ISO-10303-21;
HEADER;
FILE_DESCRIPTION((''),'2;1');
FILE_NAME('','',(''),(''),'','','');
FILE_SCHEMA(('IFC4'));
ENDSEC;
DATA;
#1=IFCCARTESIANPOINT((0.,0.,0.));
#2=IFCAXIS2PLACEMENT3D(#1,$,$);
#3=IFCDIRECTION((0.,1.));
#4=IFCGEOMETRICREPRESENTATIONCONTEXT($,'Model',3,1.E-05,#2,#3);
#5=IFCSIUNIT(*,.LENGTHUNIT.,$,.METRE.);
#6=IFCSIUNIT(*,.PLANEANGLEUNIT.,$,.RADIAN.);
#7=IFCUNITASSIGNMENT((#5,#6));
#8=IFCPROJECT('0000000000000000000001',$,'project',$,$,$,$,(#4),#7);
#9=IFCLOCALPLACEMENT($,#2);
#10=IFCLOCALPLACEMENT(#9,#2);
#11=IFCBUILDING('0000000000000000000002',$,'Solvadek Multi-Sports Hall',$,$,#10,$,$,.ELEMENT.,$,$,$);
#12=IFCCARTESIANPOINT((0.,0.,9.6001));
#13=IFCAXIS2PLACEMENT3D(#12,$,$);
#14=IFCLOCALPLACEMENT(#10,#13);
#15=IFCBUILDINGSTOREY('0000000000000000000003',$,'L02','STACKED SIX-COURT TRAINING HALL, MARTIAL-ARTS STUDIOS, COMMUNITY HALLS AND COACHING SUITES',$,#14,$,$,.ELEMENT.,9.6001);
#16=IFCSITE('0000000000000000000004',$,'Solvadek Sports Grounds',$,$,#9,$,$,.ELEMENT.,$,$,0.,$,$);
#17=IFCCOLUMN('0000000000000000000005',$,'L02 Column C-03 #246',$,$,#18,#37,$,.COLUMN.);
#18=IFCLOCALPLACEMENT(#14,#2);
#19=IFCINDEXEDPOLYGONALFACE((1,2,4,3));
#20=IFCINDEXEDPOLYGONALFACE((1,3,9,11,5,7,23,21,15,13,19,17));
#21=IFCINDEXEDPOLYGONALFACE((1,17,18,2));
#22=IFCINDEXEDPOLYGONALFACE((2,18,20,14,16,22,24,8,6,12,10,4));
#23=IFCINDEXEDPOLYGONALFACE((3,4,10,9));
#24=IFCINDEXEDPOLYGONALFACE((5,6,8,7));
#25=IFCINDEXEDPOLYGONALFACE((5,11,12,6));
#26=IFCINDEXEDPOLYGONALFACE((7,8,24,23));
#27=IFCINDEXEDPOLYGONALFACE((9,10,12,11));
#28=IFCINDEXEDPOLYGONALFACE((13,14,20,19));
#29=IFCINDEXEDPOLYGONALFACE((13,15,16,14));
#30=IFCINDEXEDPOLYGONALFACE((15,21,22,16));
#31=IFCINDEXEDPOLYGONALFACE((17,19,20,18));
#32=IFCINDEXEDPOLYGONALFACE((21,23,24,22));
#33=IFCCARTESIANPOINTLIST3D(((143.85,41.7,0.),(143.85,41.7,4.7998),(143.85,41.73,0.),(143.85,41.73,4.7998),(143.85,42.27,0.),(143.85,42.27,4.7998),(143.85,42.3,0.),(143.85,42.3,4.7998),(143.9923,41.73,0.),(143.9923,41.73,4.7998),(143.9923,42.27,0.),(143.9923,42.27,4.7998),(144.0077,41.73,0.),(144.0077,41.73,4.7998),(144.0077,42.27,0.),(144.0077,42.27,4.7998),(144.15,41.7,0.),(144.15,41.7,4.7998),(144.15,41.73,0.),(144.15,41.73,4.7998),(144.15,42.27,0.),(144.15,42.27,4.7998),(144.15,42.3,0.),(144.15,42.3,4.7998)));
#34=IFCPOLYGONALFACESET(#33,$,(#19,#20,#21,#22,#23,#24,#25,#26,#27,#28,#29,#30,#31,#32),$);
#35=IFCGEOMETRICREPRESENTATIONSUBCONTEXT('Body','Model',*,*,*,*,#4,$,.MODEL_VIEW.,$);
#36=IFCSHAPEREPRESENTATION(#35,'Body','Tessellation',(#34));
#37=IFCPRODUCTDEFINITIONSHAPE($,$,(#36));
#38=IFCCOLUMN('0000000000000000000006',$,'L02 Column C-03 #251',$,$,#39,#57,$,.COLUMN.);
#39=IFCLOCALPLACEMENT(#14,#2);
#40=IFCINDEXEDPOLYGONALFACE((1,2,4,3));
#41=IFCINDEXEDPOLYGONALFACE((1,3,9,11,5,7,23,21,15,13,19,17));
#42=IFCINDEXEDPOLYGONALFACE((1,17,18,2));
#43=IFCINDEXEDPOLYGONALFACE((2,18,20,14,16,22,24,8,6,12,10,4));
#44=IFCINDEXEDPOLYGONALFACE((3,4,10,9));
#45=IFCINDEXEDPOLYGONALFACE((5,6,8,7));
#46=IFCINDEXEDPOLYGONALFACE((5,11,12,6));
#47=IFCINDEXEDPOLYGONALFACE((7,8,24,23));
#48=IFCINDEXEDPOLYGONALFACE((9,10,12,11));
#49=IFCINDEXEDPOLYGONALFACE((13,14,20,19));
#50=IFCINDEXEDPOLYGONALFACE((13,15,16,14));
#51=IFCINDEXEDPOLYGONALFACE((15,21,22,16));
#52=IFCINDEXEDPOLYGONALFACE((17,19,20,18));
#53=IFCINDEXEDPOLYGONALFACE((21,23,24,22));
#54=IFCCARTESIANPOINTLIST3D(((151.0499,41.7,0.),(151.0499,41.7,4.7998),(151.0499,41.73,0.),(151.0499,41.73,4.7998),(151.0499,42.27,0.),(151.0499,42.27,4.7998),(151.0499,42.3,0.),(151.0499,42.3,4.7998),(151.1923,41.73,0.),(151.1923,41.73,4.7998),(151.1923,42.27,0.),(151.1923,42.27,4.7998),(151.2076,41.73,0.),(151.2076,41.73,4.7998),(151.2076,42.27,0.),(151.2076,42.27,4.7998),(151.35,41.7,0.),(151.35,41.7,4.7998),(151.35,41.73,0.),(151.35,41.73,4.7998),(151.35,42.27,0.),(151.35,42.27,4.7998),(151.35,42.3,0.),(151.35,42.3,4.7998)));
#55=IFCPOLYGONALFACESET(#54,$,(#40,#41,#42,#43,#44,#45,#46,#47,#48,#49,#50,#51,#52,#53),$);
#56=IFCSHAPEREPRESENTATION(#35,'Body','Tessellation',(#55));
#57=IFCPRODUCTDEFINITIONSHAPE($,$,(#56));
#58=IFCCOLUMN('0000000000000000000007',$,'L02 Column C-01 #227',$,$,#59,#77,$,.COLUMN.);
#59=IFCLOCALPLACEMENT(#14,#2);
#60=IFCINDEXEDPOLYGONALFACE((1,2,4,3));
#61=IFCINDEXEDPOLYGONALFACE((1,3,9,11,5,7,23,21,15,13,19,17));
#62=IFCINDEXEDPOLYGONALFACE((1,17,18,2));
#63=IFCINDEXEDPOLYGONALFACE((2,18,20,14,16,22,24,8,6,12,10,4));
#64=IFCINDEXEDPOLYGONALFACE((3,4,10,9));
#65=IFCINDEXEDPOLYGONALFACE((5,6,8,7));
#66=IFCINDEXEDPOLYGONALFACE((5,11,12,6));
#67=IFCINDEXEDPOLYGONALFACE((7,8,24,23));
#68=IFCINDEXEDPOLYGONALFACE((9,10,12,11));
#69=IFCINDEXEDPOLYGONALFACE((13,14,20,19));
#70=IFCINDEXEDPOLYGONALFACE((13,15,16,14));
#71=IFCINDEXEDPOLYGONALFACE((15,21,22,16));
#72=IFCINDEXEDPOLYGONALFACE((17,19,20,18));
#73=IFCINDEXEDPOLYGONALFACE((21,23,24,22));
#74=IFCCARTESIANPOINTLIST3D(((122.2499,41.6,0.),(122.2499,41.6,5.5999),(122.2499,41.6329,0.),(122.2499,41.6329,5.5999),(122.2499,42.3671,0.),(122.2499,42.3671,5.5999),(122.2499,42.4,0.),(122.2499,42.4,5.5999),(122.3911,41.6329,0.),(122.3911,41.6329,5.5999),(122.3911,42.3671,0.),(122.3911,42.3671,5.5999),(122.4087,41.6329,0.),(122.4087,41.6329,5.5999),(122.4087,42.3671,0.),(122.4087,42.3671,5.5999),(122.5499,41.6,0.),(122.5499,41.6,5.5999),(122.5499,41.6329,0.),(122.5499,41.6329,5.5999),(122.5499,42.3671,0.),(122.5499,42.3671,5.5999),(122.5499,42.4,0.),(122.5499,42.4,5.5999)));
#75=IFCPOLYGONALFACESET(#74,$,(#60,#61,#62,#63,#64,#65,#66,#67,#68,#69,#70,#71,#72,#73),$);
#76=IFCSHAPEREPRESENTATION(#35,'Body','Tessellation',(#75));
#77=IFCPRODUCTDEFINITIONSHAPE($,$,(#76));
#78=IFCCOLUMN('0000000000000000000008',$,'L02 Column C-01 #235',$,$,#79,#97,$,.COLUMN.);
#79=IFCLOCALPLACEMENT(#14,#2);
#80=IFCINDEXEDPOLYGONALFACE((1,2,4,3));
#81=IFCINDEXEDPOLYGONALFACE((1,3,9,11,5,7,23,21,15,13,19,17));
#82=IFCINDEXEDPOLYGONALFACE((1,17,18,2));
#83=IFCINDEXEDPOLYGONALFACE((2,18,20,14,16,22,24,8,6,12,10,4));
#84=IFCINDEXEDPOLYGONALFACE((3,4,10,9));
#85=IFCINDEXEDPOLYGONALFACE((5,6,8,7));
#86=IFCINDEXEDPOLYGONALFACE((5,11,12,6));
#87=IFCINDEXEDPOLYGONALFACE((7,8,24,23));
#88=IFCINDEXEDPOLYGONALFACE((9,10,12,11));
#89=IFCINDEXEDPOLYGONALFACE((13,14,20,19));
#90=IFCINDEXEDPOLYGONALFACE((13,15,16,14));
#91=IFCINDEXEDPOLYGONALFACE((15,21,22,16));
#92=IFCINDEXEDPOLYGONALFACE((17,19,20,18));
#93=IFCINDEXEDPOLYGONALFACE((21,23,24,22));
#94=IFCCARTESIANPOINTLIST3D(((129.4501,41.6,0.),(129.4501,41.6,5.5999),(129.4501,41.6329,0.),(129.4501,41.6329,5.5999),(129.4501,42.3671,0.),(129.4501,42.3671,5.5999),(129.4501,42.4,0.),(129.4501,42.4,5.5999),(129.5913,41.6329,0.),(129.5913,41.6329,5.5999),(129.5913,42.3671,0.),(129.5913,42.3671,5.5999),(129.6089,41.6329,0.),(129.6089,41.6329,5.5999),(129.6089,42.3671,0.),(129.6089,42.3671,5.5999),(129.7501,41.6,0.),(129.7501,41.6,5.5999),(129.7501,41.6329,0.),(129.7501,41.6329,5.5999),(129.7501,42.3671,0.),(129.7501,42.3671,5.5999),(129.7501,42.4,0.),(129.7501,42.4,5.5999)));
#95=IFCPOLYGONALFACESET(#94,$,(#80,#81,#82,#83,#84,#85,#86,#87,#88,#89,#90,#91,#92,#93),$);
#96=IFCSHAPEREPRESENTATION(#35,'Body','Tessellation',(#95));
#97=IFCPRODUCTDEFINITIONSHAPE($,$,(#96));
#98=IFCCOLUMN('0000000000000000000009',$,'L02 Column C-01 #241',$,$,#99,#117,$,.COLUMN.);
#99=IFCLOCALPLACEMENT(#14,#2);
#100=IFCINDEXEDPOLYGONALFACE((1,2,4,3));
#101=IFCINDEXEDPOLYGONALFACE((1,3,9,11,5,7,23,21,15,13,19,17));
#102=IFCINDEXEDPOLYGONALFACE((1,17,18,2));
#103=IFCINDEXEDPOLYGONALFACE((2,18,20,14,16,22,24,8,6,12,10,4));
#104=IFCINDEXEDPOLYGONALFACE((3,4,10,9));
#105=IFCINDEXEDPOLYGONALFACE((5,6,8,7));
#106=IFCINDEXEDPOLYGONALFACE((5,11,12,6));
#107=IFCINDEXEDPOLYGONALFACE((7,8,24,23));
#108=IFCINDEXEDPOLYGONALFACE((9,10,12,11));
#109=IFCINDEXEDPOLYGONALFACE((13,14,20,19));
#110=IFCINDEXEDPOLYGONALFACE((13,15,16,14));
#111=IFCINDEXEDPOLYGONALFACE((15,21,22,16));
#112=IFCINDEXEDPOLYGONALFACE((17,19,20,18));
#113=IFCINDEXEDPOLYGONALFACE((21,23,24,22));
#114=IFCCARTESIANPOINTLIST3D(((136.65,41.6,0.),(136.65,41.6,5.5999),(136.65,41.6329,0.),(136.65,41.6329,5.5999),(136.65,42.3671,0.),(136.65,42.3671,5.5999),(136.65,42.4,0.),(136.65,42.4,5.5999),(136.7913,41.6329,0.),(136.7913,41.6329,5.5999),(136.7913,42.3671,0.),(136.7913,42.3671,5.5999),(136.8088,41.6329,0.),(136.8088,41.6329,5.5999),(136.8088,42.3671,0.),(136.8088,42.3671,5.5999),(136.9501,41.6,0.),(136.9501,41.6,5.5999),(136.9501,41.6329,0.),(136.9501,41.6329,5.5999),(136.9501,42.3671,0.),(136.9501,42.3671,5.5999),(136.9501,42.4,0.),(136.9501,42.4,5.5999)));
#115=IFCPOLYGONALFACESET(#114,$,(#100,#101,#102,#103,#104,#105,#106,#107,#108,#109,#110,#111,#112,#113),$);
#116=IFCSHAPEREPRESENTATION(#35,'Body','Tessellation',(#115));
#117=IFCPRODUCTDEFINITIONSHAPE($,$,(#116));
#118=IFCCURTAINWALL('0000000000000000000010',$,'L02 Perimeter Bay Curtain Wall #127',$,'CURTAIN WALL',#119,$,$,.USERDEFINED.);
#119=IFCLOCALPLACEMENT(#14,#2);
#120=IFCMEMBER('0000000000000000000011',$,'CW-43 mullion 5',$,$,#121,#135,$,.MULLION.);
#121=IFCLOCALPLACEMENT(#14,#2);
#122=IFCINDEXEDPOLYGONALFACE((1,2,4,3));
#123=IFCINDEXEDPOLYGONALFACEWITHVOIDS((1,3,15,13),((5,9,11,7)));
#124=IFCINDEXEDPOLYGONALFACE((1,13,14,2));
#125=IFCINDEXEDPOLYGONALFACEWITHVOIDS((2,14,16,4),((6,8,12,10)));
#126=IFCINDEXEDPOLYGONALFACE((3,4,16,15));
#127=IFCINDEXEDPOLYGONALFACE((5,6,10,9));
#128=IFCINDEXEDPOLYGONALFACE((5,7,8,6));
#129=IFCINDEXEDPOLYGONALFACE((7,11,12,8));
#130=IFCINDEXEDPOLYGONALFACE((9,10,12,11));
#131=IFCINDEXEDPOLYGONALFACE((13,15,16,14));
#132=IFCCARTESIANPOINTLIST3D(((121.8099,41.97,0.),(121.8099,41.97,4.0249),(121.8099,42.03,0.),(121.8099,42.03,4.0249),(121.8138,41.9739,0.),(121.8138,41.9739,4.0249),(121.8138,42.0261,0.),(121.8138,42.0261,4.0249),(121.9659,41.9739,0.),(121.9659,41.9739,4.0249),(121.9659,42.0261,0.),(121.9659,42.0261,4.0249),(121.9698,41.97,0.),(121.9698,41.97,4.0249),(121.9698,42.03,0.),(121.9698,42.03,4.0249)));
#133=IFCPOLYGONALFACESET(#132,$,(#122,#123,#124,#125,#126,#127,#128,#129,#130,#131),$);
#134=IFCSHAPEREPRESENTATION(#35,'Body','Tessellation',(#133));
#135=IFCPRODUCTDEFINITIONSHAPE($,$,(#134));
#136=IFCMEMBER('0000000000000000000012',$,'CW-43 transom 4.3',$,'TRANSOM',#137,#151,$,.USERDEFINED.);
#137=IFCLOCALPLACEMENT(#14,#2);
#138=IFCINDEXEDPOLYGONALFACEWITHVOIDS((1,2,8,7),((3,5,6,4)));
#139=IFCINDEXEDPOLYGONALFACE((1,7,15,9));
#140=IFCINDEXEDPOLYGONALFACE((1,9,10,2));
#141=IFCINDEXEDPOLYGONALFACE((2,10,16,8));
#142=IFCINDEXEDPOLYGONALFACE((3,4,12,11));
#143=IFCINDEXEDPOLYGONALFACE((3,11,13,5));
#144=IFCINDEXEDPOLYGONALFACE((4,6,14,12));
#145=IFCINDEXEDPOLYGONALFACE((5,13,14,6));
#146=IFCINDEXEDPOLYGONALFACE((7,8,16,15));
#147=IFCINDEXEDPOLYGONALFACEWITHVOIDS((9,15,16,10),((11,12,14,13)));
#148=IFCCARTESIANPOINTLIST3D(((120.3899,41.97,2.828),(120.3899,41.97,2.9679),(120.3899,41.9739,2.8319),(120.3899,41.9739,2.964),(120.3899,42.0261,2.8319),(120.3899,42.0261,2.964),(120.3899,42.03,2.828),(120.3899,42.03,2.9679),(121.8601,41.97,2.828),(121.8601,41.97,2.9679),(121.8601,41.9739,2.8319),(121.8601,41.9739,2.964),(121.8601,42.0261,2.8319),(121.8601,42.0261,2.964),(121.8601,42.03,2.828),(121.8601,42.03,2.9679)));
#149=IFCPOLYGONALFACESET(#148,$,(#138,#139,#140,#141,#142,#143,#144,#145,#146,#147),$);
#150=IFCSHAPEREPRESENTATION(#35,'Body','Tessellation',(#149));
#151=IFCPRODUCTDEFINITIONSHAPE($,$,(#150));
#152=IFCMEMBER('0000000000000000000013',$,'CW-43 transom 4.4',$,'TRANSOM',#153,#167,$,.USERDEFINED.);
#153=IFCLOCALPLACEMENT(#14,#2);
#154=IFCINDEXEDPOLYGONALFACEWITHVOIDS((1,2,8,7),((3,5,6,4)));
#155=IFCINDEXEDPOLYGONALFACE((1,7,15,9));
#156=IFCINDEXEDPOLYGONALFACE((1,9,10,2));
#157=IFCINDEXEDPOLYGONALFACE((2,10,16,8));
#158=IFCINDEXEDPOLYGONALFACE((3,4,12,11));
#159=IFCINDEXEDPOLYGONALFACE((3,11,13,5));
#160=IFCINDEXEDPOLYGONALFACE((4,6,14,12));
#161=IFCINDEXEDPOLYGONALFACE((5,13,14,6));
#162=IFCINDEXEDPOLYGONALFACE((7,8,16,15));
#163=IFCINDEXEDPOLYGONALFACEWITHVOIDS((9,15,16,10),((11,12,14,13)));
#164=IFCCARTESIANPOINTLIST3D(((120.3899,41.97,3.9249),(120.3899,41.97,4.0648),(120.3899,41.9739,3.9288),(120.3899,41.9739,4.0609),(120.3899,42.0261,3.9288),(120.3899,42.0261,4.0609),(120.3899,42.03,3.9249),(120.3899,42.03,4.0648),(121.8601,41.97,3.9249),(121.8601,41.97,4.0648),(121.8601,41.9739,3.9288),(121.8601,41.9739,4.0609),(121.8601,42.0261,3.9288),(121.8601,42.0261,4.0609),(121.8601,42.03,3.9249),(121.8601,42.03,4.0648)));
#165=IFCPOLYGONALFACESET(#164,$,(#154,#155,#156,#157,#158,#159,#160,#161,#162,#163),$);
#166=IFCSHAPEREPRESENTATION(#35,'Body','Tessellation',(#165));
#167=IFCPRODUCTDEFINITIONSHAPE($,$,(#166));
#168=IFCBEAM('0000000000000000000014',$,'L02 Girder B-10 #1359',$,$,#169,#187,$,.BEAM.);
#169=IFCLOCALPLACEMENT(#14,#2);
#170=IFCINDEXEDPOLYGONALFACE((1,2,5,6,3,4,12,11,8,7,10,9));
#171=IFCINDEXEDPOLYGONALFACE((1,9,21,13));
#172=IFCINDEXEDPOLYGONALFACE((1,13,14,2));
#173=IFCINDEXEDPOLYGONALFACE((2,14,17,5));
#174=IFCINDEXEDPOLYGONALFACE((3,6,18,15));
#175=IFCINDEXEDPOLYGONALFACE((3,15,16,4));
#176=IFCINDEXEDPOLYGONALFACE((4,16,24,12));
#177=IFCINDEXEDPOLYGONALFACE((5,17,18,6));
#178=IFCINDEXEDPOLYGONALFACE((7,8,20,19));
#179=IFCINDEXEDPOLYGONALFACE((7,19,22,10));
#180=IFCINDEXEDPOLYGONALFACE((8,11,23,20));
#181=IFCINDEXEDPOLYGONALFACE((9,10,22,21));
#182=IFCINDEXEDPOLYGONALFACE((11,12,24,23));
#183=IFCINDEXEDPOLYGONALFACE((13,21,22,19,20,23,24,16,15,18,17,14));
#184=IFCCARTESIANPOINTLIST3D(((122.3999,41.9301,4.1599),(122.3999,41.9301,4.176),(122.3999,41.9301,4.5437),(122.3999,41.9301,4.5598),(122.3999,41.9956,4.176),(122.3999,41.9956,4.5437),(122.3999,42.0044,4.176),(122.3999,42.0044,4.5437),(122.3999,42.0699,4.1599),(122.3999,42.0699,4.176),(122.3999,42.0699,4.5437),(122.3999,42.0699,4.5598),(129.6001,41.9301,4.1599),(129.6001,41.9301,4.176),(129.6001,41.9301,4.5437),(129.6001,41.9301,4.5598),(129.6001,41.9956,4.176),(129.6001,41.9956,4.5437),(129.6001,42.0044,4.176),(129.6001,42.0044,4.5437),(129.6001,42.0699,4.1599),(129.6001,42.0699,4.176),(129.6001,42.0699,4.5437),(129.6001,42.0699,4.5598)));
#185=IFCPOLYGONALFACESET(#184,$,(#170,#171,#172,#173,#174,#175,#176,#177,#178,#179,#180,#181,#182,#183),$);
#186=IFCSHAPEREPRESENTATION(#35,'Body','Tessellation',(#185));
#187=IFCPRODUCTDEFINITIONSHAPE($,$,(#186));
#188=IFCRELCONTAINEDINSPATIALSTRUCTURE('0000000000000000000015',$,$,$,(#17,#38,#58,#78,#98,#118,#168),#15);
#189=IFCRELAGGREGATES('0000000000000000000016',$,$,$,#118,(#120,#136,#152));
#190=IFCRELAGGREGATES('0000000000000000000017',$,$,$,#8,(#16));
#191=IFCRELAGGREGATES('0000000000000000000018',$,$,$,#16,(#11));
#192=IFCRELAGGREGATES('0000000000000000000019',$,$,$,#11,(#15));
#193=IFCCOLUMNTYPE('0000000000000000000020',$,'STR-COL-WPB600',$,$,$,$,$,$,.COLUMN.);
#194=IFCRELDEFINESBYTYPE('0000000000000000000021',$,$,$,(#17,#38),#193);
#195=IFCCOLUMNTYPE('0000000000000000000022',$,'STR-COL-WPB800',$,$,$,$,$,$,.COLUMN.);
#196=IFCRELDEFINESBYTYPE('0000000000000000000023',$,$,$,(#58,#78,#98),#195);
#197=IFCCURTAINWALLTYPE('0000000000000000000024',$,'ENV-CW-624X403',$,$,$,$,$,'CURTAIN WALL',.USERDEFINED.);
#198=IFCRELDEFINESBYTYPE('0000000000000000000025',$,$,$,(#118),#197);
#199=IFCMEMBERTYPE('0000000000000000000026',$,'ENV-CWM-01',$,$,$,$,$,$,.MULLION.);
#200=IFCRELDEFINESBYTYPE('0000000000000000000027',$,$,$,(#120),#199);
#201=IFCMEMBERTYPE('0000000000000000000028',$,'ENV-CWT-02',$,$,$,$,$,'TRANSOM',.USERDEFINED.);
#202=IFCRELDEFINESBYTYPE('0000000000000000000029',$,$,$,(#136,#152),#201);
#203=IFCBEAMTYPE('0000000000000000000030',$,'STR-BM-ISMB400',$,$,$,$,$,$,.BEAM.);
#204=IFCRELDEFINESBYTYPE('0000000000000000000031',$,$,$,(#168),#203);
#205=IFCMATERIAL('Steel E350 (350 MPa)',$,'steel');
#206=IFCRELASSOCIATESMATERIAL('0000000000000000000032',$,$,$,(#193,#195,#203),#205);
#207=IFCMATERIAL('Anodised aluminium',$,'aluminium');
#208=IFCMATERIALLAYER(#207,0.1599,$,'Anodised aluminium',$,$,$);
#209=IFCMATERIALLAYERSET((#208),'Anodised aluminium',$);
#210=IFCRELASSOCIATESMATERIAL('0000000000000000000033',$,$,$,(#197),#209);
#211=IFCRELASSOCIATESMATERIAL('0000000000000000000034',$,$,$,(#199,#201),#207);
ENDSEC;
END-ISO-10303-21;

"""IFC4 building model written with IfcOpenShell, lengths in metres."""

from ifc_helpers import new_model, si_unit, direction, frame, origin, origin_2d, place, context, subcontext, project, spatial, hollow_rectangle, i_section, extrude, material, layer, layer_set, material_profile, profile_set, type_object, element, aggregate, save


model = new_model("IFC4")

# Units and contexts
model_context = context("Model", 3, precision=1e-05, world=origin(), true_north=direction((0.0, 1.0)))
body_context = subcontext(model_context, "Body", "Model", "MODEL_VIEW")
ifc_project = project(units=[si_unit("LENGTHUNIT", "METRE"), si_unit("PLANEANGLEUNIT", "RADIAN")], contexts=[model_context])

# Site, building, storey
site_placement = place(None, origin())
site = spatial("IfcSite", under=ifc_project, at=site_placement, Name="Solvadek Sports Grounds", CompositionType="ELEMENT", RefElevation=0.0)
building_placement = place(site_placement, origin())
building = spatial("IfcBuilding", under=site, at=building_placement, Name="Solvadek Multi-Sports Hall", CompositionType="ELEMENT")
storey_placement = place(building_placement, frame((0.0, 0.0, 9.6001)))
storey = spatial("IfcBuildingStorey", under=building, at=storey_placement, Name="L02", Description="STACKED SIX-COURT TRAINING HALL, MARTIAL-ARTS STUDIOS, COMMUNITY HALLS AND COACHING SUITES", CompositionType="ELEMENT", Elevation=9.6001)

# Columns
ifc_material_1 = material(Name="Steel E350 (350 MPa)", Category="steel")
ifc_material_profile_1 = material_profile(ifc_material_1, i_section(OverallWidth=0.3, OverallDepth=0.6001, WebThickness=0.0154, FlangeThickness=0.03, at=origin_2d()), Name="WPB 600")
ifc_profile_set_1 = profile_set([ifc_material_profile_1], Name="Steel E350 (350 MPa)")
column_type_1 = type_object("IfcColumnType", Name="STR-COL-WPB600", PredefinedType="COLUMN", material=ifc_profile_set_1)
for number, where, z_axis, x_axis, name in (
    (1, (144.0, 42.0, 0.0), (0.0, 0.0, 1.0), (1.0, 0.0, 0.0), "L02 Column C-03 #246"),
    (2, (151.2, 42.0, 0.0), (0.0, 0.0, 1.0), (1.0, 0.0, 0.0), "L02 Column C-03 #251"),
):
    element("IfcColumn", number, at=place(storey_placement, frame(where, z_axis=z_axis, x_axis=x_axis)), inside=storey, type_object=column_type_1, Name=name, PredefinedType="COLUMN", context=body_context, shape_type="SweptSolid", body=[
        extrude(i_section(OverallWidth=0.3, OverallDepth=0.6001, WebThickness=0.0154, FlangeThickness=0.03, at=origin_2d()), origin(), (0.0, 0.0, 1.0), 4.7998),
    ])
ifc_material_profile_2 = material_profile(ifc_material_1, i_section(OverallWidth=0.3, OverallDepth=0.8, WebThickness=0.0176, FlangeThickness=0.033, at=origin_2d()), Name="WPB 800")
ifc_profile_set_2 = profile_set([ifc_material_profile_2], Name="Steel E350 (350 MPa)")
column_type_2 = type_object("IfcColumnType", Name="STR-COL-WPB800", PredefinedType="COLUMN", material=ifc_profile_set_2)
for number, where, z_axis, x_axis, name in (
    (3, (122.3999, 42.0, 0.0), (0.0, 0.0, 1.0), (1.0, 0.0, 0.0), "L02 Column C-01 #227"),
    (4, (129.6001, 42.0, 0.0), (0.0, 0.0, 1.0), (1.0, 0.0, 0.0), "L02 Column C-01 #235"),
    (5, (136.8, 42.0, 0.0), (0.0, 0.0, 1.0), (1.0, 0.0, 0.0), "L02 Column C-01 #241"),
):
    element("IfcColumn", number, at=place(storey_placement, frame(where, z_axis=z_axis, x_axis=x_axis)), inside=storey, type_object=column_type_2, Name=name, PredefinedType="COLUMN", context=body_context, shape_type="SweptSolid", body=[
        extrude(i_section(OverallWidth=0.3, OverallDepth=0.8, WebThickness=0.0176, FlangeThickness=0.033, at=origin_2d()), origin(), (0.0, 0.0, 1.0), 5.5999),
    ])

# Curtain wall, members
ifc_material_2 = material(Name="Anodised aluminium", Category="aluminium")
ifc_layer_1 = layer(ifc_material_2, 0.1599, Name="Anodised aluminium")
ifc_layer_set_1 = layer_set([ifc_layer_1], Name="Anodised aluminium")
curtain_wall_type = type_object("IfcCurtainWallType", Name="ENV-CW-624X403", ElementType="CURTAIN WALL", PredefinedType="USERDEFINED", material=ifc_layer_set_1)
curtain_wall_placement = place(storey_placement, origin())
curtain_wall = element("IfcCurtainWall", 6, at=curtain_wall_placement, inside=storey, type_object=curtain_wall_type, Name="L02 Perimeter Bay Curtain Wall #127", ObjectType="CURTAIN WALL", PredefinedType="USERDEFINED")
ifc_material_profile_3 = material_profile(ifc_material_2, hollow_rectangle(XDim=0.0601, YDim=0.1599, WallThickness=0.0039, at=origin_2d()), Name="ALU-M 160x60x4")
ifc_profile_set_3 = profile_set([ifc_material_profile_3], Name="Anodised aluminium")
member_type_1 = type_object("IfcMemberType", Name="ENV-CWM-01", PredefinedType="MULLION", material=ifc_profile_set_3)
member_1_placement = place(storey_placement, frame((121.8899, 42.0, 0.0), z_axis=(0.0, 0.0, 1.0), x_axis=(0.0, 1.0, 0.0)))
member_1 = element("IfcMember", 7, at=member_1_placement, type_object=member_type_1, Name="CW-43 mullion 5", PredefinedType="MULLION", context=body_context, shape_type="SweptSolid", body=[
    extrude(hollow_rectangle(XDim=0.0601, YDim=0.1599, WallThickness=0.0039, at=origin_2d()), origin(), (0.0, 0.0, 1.0), 4.0249),
])
ifc_material_profile_4 = material_profile(ifc_material_2, hollow_rectangle(XDim=0.0601, YDim=0.1399, WallThickness=0.0039, at=origin_2d()), Name="ALU-T 140x60x4")
ifc_profile_set_4 = profile_set([ifc_material_profile_4], Name="Anodised aluminium")
member_type_2 = type_object("IfcMemberType", Name="ENV-CWT-02", ElementType="TRANSOM", PredefinedType="USERDEFINED", material=ifc_profile_set_4)
member_2_placement = place(storey_placement, frame((120.3899, 42.0, 2.8979), z_axis=(1.0, 0.0, 0.0), x_axis=(0.0, 1.0, 0.0)))
member_2 = element("IfcMember", 8, at=member_2_placement, type_object=member_type_2, Name="CW-43 transom 4.3", ObjectType="TRANSOM", PredefinedType="USERDEFINED", context=body_context, shape_type="SweptSolid", body=[
    extrude(hollow_rectangle(XDim=0.0601, YDim=0.1399, WallThickness=0.0039, at=origin_2d()), origin(), (0.0, 0.0, 1.0), 1.4702),
])
member_3_placement = place(storey_placement, frame((120.3899, 42.0, 3.9949), z_axis=(1.0, 0.0, 0.0), x_axis=(0.0, 1.0, 0.0)))
member_3 = element("IfcMember", 9, at=member_3_placement, type_object=member_type_2, Name="CW-43 transom 4.4", ObjectType="TRANSOM", PredefinedType="USERDEFINED", context=body_context, shape_type="SweptSolid", body=[
    extrude(hollow_rectangle(XDim=0.0601, YDim=0.1399, WallThickness=0.0039, at=origin_2d()), origin(), (0.0, 0.0, 1.0), 1.4702),
])

# Beam
ifc_material_profile_5 = material_profile(ifc_material_1, i_section(OverallWidth=0.1399, OverallDepth=0.3999, WebThickness=0.0088, FlangeThickness=0.0161, at=origin_2d()), Name="ISMB 400")
ifc_profile_set_5 = profile_set([ifc_material_profile_5], Name="Steel E350 (350 MPa)")
beam_type_1 = type_object("IfcBeamType", Name="STR-BM-ISMB400", PredefinedType="BEAM", material=ifc_profile_set_5)
beam_1_placement = place(storey_placement, frame((122.3999, 42.0, 4.3599), z_axis=(1.0, 0.0, 0.0), x_axis=(0.0, 1.0, 0.0)))
element("IfcBeam", 10, at=beam_1_placement, inside=storey, type_object=beam_type_1, Name="L02 Girder B-10 #1359", PredefinedType="BEAM", context=body_context, shape_type="SweptSolid", body=[
    extrude(i_section(OverallWidth=0.1399, OverallDepth=0.3999, WebThickness=0.0088, FlangeThickness=0.0161, at=origin_2d()), origin(), (0.0, 0.0, 1.0), 7.2002),
])

aggregate(curtain_wall, [member_1, member_2, member_3])

save(model, "model.ifc")
